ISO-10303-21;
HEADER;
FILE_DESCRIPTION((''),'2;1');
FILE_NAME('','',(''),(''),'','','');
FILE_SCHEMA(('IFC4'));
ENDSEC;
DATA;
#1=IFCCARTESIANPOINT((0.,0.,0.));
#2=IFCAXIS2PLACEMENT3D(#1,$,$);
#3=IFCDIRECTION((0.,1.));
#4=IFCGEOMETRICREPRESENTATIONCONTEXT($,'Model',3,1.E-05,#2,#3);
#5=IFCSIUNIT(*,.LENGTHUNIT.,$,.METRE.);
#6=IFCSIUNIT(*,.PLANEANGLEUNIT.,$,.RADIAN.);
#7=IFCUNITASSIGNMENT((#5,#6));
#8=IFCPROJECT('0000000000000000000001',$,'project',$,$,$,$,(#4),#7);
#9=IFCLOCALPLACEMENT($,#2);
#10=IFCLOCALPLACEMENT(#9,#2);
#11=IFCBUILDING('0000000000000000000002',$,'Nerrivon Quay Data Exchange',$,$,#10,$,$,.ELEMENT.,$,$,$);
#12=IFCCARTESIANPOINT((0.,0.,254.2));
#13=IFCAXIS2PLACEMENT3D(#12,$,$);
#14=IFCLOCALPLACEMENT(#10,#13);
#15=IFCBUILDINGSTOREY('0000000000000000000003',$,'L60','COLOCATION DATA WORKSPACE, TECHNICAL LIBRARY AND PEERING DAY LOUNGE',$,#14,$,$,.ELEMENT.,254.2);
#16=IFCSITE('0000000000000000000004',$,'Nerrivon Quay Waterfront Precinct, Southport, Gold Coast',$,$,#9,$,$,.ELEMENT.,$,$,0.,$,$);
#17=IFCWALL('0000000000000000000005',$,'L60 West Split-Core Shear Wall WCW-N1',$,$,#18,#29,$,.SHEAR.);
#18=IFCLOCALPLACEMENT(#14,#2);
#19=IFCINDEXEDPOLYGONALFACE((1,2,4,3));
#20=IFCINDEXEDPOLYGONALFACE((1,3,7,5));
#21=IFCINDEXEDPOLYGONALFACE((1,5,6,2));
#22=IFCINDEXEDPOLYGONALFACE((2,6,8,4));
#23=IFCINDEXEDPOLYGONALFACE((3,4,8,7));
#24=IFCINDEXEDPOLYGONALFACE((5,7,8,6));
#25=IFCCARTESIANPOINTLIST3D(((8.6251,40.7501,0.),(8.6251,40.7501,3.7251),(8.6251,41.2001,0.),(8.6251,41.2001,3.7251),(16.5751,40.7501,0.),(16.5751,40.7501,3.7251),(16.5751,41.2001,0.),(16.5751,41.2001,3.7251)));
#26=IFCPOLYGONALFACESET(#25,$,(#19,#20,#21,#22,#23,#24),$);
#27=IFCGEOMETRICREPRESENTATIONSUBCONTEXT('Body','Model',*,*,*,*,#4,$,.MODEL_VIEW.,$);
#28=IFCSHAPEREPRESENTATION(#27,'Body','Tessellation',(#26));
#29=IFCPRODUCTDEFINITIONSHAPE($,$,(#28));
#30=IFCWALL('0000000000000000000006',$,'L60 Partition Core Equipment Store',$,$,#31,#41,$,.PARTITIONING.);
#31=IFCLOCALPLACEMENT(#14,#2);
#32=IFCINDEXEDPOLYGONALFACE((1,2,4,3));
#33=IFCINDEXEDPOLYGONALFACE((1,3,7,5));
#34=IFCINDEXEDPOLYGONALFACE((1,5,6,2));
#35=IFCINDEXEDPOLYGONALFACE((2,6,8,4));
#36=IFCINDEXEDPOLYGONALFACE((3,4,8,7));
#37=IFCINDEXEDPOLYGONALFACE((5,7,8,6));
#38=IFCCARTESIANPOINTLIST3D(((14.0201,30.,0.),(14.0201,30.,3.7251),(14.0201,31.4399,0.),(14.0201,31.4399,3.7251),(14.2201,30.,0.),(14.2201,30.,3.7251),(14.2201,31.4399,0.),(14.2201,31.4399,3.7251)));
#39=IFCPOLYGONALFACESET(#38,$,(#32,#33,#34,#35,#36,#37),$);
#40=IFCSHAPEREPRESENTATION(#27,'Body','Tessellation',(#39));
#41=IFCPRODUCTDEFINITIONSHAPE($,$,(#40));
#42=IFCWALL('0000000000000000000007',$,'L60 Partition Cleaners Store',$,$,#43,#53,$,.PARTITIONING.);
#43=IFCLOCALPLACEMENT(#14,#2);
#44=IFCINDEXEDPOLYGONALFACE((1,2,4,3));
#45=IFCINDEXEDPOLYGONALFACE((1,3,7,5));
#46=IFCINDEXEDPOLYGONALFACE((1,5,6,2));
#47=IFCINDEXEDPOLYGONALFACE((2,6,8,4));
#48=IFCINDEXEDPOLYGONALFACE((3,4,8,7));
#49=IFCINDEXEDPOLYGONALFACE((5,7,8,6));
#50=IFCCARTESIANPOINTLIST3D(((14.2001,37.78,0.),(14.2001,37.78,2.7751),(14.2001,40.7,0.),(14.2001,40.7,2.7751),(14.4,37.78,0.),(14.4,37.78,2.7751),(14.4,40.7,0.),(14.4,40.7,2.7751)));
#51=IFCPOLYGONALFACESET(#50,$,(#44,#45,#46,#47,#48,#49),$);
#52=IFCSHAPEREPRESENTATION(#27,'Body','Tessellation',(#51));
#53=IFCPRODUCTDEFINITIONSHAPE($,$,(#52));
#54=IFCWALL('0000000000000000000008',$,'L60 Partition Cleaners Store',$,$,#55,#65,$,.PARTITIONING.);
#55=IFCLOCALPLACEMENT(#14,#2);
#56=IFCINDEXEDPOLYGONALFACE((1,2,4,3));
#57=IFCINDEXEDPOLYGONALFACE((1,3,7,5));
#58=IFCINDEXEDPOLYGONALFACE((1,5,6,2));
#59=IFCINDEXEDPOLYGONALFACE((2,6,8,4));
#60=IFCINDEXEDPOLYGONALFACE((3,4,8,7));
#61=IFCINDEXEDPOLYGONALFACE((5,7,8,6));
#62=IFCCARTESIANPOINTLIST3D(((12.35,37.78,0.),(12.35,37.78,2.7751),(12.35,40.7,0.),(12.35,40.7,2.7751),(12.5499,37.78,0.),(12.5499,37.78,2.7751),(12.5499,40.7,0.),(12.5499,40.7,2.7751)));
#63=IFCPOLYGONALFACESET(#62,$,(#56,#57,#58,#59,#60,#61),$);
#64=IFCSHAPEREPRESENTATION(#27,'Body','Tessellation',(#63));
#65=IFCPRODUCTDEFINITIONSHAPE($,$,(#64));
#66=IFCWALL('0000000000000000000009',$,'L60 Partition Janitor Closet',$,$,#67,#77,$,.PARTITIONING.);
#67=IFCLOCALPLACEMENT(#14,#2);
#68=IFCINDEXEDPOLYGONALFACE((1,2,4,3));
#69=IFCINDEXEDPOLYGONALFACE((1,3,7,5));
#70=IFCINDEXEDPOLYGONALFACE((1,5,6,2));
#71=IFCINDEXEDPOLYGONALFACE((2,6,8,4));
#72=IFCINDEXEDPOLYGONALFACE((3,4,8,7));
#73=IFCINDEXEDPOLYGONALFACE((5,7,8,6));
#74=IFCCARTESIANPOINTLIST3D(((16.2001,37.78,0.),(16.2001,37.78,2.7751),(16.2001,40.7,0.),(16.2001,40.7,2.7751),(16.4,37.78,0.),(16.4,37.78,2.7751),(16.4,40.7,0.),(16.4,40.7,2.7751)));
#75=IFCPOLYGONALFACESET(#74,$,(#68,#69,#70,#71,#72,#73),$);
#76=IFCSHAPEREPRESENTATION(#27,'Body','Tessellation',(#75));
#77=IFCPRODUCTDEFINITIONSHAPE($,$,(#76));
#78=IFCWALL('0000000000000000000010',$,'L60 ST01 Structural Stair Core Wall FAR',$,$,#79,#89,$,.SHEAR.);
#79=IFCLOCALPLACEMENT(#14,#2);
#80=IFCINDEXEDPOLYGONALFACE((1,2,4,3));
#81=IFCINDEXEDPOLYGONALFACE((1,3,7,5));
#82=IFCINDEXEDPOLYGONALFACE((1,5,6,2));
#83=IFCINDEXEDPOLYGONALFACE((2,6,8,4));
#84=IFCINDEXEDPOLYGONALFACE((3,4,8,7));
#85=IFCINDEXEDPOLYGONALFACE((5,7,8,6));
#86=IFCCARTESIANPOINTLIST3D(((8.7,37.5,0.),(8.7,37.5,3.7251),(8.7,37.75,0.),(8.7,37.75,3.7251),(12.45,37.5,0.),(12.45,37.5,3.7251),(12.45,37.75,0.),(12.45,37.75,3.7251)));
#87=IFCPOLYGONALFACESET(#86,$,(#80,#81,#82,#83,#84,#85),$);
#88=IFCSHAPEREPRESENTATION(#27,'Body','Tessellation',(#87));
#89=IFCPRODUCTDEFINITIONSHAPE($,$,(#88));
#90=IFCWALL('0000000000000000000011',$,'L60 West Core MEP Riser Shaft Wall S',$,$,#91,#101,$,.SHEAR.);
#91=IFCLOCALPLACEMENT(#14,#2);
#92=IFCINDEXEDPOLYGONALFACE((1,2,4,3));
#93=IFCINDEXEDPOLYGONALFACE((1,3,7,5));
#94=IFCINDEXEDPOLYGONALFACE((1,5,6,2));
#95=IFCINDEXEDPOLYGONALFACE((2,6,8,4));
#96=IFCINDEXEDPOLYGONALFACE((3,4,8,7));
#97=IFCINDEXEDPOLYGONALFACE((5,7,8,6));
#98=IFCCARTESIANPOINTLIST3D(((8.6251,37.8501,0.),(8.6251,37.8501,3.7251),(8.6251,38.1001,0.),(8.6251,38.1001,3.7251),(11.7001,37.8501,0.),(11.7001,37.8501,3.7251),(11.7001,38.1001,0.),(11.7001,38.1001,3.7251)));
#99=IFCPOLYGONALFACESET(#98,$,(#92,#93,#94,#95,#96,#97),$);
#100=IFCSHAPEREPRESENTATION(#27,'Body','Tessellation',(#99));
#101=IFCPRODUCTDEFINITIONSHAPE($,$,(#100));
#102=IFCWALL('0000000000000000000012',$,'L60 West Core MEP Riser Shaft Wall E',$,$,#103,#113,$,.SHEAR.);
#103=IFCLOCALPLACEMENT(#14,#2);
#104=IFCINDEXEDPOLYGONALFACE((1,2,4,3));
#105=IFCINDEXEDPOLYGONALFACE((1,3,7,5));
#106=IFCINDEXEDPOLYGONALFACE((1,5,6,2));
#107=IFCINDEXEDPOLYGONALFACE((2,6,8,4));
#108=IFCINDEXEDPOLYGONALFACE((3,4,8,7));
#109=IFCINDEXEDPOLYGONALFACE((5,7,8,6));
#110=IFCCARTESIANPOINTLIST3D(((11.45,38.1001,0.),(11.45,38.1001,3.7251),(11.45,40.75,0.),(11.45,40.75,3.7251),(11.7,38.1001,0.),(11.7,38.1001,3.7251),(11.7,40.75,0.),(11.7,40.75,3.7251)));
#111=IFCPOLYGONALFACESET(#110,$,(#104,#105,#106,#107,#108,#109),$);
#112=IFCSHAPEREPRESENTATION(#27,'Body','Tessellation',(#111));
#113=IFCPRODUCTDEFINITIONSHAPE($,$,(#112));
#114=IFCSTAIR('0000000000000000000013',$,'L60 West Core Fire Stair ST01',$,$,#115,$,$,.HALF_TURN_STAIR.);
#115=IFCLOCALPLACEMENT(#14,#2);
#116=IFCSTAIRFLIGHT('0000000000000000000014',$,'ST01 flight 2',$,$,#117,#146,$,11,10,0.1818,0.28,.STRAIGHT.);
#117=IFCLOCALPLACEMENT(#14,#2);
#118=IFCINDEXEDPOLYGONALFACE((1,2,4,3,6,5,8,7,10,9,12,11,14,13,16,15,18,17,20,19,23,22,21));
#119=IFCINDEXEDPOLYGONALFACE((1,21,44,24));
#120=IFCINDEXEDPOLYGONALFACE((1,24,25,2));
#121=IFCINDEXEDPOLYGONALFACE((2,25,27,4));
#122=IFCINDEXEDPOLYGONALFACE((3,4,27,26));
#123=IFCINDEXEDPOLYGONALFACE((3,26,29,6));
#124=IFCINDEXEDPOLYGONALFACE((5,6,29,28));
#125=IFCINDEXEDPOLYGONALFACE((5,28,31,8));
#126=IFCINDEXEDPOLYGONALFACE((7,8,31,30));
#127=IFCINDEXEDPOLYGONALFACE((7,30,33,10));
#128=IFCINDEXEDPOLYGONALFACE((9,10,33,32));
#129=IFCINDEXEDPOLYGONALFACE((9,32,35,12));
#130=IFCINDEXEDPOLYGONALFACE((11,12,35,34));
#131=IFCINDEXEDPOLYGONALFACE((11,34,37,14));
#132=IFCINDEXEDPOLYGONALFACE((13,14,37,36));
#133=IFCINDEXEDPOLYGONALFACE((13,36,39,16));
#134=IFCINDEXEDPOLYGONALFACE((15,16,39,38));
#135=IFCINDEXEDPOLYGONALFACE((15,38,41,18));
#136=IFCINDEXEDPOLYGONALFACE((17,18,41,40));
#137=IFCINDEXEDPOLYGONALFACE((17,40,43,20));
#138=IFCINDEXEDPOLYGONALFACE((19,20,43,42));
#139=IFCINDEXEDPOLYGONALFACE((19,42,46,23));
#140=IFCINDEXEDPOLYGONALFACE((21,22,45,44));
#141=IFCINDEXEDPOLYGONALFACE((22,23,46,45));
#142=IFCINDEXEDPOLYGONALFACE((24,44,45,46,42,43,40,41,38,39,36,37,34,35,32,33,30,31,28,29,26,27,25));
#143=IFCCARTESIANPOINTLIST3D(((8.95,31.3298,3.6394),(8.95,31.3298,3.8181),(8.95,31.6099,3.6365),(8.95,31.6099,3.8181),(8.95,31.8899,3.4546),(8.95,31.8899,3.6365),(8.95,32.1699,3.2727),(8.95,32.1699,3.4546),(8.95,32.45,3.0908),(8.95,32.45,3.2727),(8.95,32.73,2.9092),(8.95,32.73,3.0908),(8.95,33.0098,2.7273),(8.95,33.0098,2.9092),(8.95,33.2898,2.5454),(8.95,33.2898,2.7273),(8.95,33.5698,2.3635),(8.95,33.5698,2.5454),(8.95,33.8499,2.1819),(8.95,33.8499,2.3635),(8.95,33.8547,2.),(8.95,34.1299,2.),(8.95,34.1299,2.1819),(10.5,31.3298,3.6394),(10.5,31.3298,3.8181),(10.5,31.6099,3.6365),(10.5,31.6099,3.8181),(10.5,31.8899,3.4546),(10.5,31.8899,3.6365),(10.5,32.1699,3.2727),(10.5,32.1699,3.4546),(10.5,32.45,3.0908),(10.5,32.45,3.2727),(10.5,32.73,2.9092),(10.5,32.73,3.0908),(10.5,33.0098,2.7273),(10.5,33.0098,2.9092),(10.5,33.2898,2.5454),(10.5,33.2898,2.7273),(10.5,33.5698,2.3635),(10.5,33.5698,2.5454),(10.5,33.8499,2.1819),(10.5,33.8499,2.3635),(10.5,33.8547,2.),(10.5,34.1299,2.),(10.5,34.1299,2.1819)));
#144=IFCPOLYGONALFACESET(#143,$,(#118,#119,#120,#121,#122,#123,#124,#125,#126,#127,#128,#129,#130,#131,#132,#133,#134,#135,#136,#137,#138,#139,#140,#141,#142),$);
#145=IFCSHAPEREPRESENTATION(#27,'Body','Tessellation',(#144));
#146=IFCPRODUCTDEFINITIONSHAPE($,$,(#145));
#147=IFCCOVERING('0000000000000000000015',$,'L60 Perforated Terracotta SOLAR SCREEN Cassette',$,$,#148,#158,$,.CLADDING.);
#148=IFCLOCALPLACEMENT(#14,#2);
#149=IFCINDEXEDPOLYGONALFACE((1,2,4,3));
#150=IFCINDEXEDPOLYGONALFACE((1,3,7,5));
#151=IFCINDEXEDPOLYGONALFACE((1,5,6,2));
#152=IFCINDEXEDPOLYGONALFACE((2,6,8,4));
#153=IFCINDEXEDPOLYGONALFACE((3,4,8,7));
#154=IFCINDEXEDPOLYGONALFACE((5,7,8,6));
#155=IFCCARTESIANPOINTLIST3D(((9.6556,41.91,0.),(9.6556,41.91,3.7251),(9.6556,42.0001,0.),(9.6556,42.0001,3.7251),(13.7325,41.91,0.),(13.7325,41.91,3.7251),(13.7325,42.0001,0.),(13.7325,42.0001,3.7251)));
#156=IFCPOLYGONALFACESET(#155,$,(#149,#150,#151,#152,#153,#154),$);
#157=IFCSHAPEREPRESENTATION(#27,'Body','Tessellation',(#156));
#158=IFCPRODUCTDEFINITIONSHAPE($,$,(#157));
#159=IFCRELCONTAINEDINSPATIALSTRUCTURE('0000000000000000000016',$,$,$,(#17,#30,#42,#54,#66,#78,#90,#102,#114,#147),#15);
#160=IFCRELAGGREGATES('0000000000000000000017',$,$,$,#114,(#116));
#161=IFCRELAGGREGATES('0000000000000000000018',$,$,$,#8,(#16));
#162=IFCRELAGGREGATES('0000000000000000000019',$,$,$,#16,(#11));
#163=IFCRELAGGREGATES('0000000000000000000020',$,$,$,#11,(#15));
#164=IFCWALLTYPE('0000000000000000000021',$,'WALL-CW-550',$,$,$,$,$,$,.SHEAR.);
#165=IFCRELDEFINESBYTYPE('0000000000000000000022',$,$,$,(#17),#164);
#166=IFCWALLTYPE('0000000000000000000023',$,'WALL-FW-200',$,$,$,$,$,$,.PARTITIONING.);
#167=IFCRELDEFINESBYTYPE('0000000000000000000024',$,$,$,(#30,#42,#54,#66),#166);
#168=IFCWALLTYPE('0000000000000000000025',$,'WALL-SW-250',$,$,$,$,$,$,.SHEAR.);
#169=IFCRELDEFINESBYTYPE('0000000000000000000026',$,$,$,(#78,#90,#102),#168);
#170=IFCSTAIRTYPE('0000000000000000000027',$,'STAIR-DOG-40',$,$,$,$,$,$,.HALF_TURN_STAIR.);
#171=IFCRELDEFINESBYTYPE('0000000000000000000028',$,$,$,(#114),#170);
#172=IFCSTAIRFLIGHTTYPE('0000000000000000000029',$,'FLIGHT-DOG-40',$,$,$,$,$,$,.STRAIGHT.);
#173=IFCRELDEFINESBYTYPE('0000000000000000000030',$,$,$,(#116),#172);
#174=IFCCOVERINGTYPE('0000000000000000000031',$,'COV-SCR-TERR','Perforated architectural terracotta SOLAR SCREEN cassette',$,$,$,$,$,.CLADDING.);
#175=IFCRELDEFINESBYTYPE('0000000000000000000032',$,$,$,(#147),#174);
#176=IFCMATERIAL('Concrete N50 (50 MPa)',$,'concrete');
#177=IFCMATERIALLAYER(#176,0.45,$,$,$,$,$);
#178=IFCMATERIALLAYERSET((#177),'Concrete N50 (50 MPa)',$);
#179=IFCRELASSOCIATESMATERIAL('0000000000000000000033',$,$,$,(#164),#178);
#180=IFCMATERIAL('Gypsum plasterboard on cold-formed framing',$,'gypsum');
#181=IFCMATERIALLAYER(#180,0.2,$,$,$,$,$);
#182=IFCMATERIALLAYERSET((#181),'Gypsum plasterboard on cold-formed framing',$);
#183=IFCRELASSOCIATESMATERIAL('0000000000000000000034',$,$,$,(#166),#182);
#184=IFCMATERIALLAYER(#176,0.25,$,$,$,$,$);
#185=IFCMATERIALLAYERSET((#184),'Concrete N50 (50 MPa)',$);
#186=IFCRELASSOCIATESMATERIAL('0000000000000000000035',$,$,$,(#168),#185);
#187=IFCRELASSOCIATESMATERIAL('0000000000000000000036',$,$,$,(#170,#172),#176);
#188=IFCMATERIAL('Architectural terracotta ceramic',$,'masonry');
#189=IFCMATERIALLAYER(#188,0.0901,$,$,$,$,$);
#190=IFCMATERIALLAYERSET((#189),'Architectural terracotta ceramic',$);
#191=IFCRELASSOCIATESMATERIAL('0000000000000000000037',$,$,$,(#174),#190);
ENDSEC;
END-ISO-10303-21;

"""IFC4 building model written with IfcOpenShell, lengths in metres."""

from ifc_helpers import new_model, si_unit, direction, frame, frame_2d, origin, origin_2d, place, context, subcontext, project, spatial, polyline, rectangle, outline, extrude, material, layer, layer_set, type_object, element, aggregate, save


model = new_model("IFC4")

# Units and contexts
model_context = context("Model", 3, precision=1e-05, world=origin(), true_north=direction((0.0, 1.0)))
body_context = subcontext(model_context, "Body", "Model", "MODEL_VIEW")
ifc_project = project(units=[si_unit("LENGTHUNIT", "METRE"), si_unit("PLANEANGLEUNIT", "RADIAN")], contexts=[model_context])

# Site, building, storey
site_placement = place(None, origin())
site = spatial("IfcSite", under=ifc_project, at=site_placement, Name="Nerrivon Quay Waterfront Precinct, Southport, Gold Coast", CompositionType="ELEMENT", RefElevation=0.0)
building_placement = place(site_placement, origin())
building = spatial("IfcBuilding", under=site, at=building_placement, Name="Nerrivon Quay Data Exchange", CompositionType="ELEMENT")
storey_placement = place(building_placement, frame((0.0, 0.0, 254.2)))
storey = spatial("IfcBuildingStorey", under=building, at=storey_placement, Name="L60", Description="COLOCATION DATA WORKSPACE, TECHNICAL LIBRARY AND PEERING DAY LOUNGE", CompositionType="ELEMENT", Elevation=254.2)

# Shared definitions
ifc_material_1 = material(Name="Concrete N50 (50 MPa)", Category="concrete")

# Walls
ifc_layer_1 = layer(ifc_material_1, 0.45)
ifc_layer_set_1 = layer_set([ifc_layer_1], Name="Concrete N50 (50 MPa)")
wall_type_1 = type_object("IfcWallType", Name="WALL-CW-550", PredefinedType="SHEAR", material=ifc_layer_set_1)
wall_1_placement = place(storey_placement, frame((8.625, 40.9751, 0.0), z_axis=(0.0, 0.0, 1.0), x_axis=(1.0, 0.0, 0.0)))
element("IfcWall", 1, at=wall_1_placement, inside=storey, type_object=wall_type_1, Name="L60 West Split-Core Shear Wall WCW-N1", PredefinedType="SHEAR", context=body_context, shape_type="SweptSolid", body=[
    extrude(rectangle(XDim=7.95, YDim=0.45, at=frame_2d((3.9751, 0.0))), origin(), (0.0, 0.0, 1.0), 3.7251),
])
ifc_material_2 = material(Name="Gypsum plasterboard on cold-formed framing", Category="gypsum")
ifc_layer_2 = layer(ifc_material_2, 0.2)
ifc_layer_set_2 = layer_set([ifc_layer_2], Name="Gypsum plasterboard on cold-formed framing")
wall_type_2 = type_object("IfcWallType", Name="WALL-FW-200", PredefinedType="PARTITIONING", material=ifc_layer_set_2)
wall_2_placement = place(storey_placement, frame((14.1201, 31.4399, 0.0), z_axis=(0.0, 0.0, 1.0), x_axis=(0.0, -1.0, 0.0)))
element("IfcWall", 2, at=wall_2_placement, inside=storey, type_object=wall_type_2, Name="L60 Partition Core Equipment Store", PredefinedType="PARTITIONING", context=body_context, shape_type="SweptSolid", body=[
    extrude(rectangle(XDim=1.4399, YDim=0.2, at=frame_2d((0.72, 0.0))), origin(), (0.0, 0.0, 1.0), 3.7251),
])

# Walls
for number, where, z_axis, x_axis, name in (
    (3, (14.3, 37.78, 0.0), (0.0, 0.0, 1.0), (0.0, 1.0, 0.0), "L60 Partition Cleaners Store"),
    (4, (12.45, 40.7, 0.0), (0.0, 0.0, 1.0), (0.0, -1.0, 0.0), "L60 Partition Cleaners Store"),
    (5, (16.3, 37.78, 0.0), (0.0, 0.0, 1.0), (0.0, 1.0, 0.0), "L60 Partition Janitor Closet"),
):
    element("IfcWall", number, at=place(storey_placement, frame(where, z_axis=z_axis, x_axis=x_axis)), inside=storey, type_object=wall_type_2, Name=name, PredefinedType="PARTITIONING", context=body_context, shape_type="SweptSolid", body=[
        extrude(rectangle(XDim=2.9199, YDim=0.2, at=frame_2d((1.46, 0.0))), origin(), (0.0, 0.0, 1.0), 2.7751),
    ])
ifc_layer_3 = layer(ifc_material_1, 0.25)
ifc_layer_set_3 = layer_set([ifc_layer_3], Name="Concrete N50 (50 MPa)")
wall_type_3 = type_object("IfcWallType", Name="WALL-SW-250", PredefinedType="SHEAR", material=ifc_layer_set_3)
wall_3_placement = place(storey_placement, frame((12.45, 37.625, 0.0), z_axis=(0.0, 0.0, 1.0), x_axis=(-1.0, 0.0, 0.0)))
element("IfcWall", 6, at=wall_3_placement, inside=storey, type_object=wall_type_3, Name="L60 ST01 Structural Stair Core Wall FAR", PredefinedType="SHEAR", context=body_context, shape_type="SweptSolid", body=[
    extrude(rectangle(XDim=3.75, YDim=0.25, at=frame_2d((1.875, 0.0))), origin(), (0.0, 0.0, 1.0), 3.7251),
])
wall_4_placement = place(storey_placement, frame((8.625, 37.9751, 0.0), z_axis=(0.0, 0.0, 1.0), x_axis=(1.0, 0.0, 0.0)))
element("IfcWall", 7, at=wall_4_placement, inside=storey, type_object=wall_type_3, Name="L60 West Core MEP Riser Shaft Wall S", PredefinedType="SHEAR", context=body_context, shape_type="SweptSolid", body=[
    extrude(rectangle(XDim=3.075, YDim=0.25, at=frame_2d((1.5376, 0.0))), origin(), (0.0, 0.0, 1.0), 3.7251),
])
wall_5_placement = place(storey_placement, frame((11.575, 38.1001, 0.0), z_axis=(0.0, 0.0, 1.0), x_axis=(0.0, 1.0, 0.0)))
element("IfcWall", 8, at=wall_5_placement, inside=storey, type_object=wall_type_3, Name="L60 West Core MEP Riser Shaft Wall E", PredefinedType="SHEAR", context=body_context, shape_type="SweptSolid", body=[
    extrude(rectangle(XDim=2.6499, YDim=0.25, at=frame_2d((1.325, 0.0))), origin(), (0.0, 0.0, 1.0), 3.7251),
])

# Stair, stair flight
stair_type = type_object("IfcStairType", Name="STAIR-DOG-40", PredefinedType="HALF_TURN_STAIR", material=ifc_material_1)
stair_placement = place(storey_placement, origin())
stair = element("IfcStair", 9, at=stair_placement, inside=storey, type_object=stair_type, Name="L60 West Core Fire Stair ST01", PredefinedType="HALF_TURN_STAIR")
stair_flight_type = type_object("IfcStairFlightType", Name="FLIGHT-DOG-40", PredefinedType="STRAIGHT", material=ifc_material_1)
stair_flight_placement = place(storey_placement, frame((9.7251, 34.1299, 2.0), z_axis=(0.0, 0.0, 1.0), x_axis=(0.0, -1.0, 0.0)))
stair_flight = element("IfcStairFlight", 10, at=stair_flight_placement, type_object=stair_flight_type, Name="ST01 flight 2", NumberOfRisers=11, NumberOfTreads=10, PredefinedType="STRAIGHT", RiserHeight=0.1818, TreadLength=0.28, context=body_context, shape_type="SweptSolid", body=[
    extrude(outline(polyline([(0.0, 0.0), (0.0, 0.1819), (0.28, 0.1819), (0.28, 0.3635), (0.5601, 0.3635), (0.5601, 0.5454), (0.8401, 0.5454), (0.8401, 0.7273), (1.1201, 0.7273), (1.1201, 0.9092), (1.3999, 0.9092), (1.3999, 1.0908), (1.6799, 1.0908), (1.6799, 1.2727), (1.96, 1.2727), (1.96, 1.4546), (2.24, 1.4546), (2.24, 1.6365), (2.52, 1.6365), (2.52, 1.8181), (2.8, 1.8181), (2.8, 2.0), (2.8, 1.6394), (0.2751, 0.0), (0.0, 0.0)])), frame((0.0, 0.7749, 0.0), z_axis=(0.0, -1.0, 0.0), x_axis=(1.0, 0.0, 0.0)), (0.0, 0.0, 1.0), 1.55),
])
aggregate(stair, [stair_flight])

# Covering
ifc_material_3 = material(Name="Architectural terracotta ceramic", Category="masonry")
ifc_layer_4 = layer(ifc_material_3, 0.0901)
ifc_layer_set_4 = layer_set([ifc_layer_4], Name="Architectural terracotta ceramic")
covering_type = type_object("IfcCoveringType", Name="COV-SCR-TERR", Description="Perforated architectural terracotta SOLAR SCREEN cassette", PredefinedType="CLADDING", material=ifc_layer_set_4)
covering_placement = place(storey_placement, frame((11.6941, 41.9551, 0.0), z_axis=(0.0, 0.0, 1.0), x_axis=(1.0, 0.0, 0.0)))
element("IfcCovering", 11, at=covering_placement, inside=storey, type_object=covering_type, Name="L60 Perforated Terracotta SOLAR SCREEN Cassette", PredefinedType="CLADDING", context=body_context, shape_type="SweptSolid", body=[
    extrude(rectangle(XDim=4.0769, YDim=0.0901, at=origin_2d()), origin(), (0.0, 0.0, 1.0), 3.7251),
])

save(model, "model.ifc")
